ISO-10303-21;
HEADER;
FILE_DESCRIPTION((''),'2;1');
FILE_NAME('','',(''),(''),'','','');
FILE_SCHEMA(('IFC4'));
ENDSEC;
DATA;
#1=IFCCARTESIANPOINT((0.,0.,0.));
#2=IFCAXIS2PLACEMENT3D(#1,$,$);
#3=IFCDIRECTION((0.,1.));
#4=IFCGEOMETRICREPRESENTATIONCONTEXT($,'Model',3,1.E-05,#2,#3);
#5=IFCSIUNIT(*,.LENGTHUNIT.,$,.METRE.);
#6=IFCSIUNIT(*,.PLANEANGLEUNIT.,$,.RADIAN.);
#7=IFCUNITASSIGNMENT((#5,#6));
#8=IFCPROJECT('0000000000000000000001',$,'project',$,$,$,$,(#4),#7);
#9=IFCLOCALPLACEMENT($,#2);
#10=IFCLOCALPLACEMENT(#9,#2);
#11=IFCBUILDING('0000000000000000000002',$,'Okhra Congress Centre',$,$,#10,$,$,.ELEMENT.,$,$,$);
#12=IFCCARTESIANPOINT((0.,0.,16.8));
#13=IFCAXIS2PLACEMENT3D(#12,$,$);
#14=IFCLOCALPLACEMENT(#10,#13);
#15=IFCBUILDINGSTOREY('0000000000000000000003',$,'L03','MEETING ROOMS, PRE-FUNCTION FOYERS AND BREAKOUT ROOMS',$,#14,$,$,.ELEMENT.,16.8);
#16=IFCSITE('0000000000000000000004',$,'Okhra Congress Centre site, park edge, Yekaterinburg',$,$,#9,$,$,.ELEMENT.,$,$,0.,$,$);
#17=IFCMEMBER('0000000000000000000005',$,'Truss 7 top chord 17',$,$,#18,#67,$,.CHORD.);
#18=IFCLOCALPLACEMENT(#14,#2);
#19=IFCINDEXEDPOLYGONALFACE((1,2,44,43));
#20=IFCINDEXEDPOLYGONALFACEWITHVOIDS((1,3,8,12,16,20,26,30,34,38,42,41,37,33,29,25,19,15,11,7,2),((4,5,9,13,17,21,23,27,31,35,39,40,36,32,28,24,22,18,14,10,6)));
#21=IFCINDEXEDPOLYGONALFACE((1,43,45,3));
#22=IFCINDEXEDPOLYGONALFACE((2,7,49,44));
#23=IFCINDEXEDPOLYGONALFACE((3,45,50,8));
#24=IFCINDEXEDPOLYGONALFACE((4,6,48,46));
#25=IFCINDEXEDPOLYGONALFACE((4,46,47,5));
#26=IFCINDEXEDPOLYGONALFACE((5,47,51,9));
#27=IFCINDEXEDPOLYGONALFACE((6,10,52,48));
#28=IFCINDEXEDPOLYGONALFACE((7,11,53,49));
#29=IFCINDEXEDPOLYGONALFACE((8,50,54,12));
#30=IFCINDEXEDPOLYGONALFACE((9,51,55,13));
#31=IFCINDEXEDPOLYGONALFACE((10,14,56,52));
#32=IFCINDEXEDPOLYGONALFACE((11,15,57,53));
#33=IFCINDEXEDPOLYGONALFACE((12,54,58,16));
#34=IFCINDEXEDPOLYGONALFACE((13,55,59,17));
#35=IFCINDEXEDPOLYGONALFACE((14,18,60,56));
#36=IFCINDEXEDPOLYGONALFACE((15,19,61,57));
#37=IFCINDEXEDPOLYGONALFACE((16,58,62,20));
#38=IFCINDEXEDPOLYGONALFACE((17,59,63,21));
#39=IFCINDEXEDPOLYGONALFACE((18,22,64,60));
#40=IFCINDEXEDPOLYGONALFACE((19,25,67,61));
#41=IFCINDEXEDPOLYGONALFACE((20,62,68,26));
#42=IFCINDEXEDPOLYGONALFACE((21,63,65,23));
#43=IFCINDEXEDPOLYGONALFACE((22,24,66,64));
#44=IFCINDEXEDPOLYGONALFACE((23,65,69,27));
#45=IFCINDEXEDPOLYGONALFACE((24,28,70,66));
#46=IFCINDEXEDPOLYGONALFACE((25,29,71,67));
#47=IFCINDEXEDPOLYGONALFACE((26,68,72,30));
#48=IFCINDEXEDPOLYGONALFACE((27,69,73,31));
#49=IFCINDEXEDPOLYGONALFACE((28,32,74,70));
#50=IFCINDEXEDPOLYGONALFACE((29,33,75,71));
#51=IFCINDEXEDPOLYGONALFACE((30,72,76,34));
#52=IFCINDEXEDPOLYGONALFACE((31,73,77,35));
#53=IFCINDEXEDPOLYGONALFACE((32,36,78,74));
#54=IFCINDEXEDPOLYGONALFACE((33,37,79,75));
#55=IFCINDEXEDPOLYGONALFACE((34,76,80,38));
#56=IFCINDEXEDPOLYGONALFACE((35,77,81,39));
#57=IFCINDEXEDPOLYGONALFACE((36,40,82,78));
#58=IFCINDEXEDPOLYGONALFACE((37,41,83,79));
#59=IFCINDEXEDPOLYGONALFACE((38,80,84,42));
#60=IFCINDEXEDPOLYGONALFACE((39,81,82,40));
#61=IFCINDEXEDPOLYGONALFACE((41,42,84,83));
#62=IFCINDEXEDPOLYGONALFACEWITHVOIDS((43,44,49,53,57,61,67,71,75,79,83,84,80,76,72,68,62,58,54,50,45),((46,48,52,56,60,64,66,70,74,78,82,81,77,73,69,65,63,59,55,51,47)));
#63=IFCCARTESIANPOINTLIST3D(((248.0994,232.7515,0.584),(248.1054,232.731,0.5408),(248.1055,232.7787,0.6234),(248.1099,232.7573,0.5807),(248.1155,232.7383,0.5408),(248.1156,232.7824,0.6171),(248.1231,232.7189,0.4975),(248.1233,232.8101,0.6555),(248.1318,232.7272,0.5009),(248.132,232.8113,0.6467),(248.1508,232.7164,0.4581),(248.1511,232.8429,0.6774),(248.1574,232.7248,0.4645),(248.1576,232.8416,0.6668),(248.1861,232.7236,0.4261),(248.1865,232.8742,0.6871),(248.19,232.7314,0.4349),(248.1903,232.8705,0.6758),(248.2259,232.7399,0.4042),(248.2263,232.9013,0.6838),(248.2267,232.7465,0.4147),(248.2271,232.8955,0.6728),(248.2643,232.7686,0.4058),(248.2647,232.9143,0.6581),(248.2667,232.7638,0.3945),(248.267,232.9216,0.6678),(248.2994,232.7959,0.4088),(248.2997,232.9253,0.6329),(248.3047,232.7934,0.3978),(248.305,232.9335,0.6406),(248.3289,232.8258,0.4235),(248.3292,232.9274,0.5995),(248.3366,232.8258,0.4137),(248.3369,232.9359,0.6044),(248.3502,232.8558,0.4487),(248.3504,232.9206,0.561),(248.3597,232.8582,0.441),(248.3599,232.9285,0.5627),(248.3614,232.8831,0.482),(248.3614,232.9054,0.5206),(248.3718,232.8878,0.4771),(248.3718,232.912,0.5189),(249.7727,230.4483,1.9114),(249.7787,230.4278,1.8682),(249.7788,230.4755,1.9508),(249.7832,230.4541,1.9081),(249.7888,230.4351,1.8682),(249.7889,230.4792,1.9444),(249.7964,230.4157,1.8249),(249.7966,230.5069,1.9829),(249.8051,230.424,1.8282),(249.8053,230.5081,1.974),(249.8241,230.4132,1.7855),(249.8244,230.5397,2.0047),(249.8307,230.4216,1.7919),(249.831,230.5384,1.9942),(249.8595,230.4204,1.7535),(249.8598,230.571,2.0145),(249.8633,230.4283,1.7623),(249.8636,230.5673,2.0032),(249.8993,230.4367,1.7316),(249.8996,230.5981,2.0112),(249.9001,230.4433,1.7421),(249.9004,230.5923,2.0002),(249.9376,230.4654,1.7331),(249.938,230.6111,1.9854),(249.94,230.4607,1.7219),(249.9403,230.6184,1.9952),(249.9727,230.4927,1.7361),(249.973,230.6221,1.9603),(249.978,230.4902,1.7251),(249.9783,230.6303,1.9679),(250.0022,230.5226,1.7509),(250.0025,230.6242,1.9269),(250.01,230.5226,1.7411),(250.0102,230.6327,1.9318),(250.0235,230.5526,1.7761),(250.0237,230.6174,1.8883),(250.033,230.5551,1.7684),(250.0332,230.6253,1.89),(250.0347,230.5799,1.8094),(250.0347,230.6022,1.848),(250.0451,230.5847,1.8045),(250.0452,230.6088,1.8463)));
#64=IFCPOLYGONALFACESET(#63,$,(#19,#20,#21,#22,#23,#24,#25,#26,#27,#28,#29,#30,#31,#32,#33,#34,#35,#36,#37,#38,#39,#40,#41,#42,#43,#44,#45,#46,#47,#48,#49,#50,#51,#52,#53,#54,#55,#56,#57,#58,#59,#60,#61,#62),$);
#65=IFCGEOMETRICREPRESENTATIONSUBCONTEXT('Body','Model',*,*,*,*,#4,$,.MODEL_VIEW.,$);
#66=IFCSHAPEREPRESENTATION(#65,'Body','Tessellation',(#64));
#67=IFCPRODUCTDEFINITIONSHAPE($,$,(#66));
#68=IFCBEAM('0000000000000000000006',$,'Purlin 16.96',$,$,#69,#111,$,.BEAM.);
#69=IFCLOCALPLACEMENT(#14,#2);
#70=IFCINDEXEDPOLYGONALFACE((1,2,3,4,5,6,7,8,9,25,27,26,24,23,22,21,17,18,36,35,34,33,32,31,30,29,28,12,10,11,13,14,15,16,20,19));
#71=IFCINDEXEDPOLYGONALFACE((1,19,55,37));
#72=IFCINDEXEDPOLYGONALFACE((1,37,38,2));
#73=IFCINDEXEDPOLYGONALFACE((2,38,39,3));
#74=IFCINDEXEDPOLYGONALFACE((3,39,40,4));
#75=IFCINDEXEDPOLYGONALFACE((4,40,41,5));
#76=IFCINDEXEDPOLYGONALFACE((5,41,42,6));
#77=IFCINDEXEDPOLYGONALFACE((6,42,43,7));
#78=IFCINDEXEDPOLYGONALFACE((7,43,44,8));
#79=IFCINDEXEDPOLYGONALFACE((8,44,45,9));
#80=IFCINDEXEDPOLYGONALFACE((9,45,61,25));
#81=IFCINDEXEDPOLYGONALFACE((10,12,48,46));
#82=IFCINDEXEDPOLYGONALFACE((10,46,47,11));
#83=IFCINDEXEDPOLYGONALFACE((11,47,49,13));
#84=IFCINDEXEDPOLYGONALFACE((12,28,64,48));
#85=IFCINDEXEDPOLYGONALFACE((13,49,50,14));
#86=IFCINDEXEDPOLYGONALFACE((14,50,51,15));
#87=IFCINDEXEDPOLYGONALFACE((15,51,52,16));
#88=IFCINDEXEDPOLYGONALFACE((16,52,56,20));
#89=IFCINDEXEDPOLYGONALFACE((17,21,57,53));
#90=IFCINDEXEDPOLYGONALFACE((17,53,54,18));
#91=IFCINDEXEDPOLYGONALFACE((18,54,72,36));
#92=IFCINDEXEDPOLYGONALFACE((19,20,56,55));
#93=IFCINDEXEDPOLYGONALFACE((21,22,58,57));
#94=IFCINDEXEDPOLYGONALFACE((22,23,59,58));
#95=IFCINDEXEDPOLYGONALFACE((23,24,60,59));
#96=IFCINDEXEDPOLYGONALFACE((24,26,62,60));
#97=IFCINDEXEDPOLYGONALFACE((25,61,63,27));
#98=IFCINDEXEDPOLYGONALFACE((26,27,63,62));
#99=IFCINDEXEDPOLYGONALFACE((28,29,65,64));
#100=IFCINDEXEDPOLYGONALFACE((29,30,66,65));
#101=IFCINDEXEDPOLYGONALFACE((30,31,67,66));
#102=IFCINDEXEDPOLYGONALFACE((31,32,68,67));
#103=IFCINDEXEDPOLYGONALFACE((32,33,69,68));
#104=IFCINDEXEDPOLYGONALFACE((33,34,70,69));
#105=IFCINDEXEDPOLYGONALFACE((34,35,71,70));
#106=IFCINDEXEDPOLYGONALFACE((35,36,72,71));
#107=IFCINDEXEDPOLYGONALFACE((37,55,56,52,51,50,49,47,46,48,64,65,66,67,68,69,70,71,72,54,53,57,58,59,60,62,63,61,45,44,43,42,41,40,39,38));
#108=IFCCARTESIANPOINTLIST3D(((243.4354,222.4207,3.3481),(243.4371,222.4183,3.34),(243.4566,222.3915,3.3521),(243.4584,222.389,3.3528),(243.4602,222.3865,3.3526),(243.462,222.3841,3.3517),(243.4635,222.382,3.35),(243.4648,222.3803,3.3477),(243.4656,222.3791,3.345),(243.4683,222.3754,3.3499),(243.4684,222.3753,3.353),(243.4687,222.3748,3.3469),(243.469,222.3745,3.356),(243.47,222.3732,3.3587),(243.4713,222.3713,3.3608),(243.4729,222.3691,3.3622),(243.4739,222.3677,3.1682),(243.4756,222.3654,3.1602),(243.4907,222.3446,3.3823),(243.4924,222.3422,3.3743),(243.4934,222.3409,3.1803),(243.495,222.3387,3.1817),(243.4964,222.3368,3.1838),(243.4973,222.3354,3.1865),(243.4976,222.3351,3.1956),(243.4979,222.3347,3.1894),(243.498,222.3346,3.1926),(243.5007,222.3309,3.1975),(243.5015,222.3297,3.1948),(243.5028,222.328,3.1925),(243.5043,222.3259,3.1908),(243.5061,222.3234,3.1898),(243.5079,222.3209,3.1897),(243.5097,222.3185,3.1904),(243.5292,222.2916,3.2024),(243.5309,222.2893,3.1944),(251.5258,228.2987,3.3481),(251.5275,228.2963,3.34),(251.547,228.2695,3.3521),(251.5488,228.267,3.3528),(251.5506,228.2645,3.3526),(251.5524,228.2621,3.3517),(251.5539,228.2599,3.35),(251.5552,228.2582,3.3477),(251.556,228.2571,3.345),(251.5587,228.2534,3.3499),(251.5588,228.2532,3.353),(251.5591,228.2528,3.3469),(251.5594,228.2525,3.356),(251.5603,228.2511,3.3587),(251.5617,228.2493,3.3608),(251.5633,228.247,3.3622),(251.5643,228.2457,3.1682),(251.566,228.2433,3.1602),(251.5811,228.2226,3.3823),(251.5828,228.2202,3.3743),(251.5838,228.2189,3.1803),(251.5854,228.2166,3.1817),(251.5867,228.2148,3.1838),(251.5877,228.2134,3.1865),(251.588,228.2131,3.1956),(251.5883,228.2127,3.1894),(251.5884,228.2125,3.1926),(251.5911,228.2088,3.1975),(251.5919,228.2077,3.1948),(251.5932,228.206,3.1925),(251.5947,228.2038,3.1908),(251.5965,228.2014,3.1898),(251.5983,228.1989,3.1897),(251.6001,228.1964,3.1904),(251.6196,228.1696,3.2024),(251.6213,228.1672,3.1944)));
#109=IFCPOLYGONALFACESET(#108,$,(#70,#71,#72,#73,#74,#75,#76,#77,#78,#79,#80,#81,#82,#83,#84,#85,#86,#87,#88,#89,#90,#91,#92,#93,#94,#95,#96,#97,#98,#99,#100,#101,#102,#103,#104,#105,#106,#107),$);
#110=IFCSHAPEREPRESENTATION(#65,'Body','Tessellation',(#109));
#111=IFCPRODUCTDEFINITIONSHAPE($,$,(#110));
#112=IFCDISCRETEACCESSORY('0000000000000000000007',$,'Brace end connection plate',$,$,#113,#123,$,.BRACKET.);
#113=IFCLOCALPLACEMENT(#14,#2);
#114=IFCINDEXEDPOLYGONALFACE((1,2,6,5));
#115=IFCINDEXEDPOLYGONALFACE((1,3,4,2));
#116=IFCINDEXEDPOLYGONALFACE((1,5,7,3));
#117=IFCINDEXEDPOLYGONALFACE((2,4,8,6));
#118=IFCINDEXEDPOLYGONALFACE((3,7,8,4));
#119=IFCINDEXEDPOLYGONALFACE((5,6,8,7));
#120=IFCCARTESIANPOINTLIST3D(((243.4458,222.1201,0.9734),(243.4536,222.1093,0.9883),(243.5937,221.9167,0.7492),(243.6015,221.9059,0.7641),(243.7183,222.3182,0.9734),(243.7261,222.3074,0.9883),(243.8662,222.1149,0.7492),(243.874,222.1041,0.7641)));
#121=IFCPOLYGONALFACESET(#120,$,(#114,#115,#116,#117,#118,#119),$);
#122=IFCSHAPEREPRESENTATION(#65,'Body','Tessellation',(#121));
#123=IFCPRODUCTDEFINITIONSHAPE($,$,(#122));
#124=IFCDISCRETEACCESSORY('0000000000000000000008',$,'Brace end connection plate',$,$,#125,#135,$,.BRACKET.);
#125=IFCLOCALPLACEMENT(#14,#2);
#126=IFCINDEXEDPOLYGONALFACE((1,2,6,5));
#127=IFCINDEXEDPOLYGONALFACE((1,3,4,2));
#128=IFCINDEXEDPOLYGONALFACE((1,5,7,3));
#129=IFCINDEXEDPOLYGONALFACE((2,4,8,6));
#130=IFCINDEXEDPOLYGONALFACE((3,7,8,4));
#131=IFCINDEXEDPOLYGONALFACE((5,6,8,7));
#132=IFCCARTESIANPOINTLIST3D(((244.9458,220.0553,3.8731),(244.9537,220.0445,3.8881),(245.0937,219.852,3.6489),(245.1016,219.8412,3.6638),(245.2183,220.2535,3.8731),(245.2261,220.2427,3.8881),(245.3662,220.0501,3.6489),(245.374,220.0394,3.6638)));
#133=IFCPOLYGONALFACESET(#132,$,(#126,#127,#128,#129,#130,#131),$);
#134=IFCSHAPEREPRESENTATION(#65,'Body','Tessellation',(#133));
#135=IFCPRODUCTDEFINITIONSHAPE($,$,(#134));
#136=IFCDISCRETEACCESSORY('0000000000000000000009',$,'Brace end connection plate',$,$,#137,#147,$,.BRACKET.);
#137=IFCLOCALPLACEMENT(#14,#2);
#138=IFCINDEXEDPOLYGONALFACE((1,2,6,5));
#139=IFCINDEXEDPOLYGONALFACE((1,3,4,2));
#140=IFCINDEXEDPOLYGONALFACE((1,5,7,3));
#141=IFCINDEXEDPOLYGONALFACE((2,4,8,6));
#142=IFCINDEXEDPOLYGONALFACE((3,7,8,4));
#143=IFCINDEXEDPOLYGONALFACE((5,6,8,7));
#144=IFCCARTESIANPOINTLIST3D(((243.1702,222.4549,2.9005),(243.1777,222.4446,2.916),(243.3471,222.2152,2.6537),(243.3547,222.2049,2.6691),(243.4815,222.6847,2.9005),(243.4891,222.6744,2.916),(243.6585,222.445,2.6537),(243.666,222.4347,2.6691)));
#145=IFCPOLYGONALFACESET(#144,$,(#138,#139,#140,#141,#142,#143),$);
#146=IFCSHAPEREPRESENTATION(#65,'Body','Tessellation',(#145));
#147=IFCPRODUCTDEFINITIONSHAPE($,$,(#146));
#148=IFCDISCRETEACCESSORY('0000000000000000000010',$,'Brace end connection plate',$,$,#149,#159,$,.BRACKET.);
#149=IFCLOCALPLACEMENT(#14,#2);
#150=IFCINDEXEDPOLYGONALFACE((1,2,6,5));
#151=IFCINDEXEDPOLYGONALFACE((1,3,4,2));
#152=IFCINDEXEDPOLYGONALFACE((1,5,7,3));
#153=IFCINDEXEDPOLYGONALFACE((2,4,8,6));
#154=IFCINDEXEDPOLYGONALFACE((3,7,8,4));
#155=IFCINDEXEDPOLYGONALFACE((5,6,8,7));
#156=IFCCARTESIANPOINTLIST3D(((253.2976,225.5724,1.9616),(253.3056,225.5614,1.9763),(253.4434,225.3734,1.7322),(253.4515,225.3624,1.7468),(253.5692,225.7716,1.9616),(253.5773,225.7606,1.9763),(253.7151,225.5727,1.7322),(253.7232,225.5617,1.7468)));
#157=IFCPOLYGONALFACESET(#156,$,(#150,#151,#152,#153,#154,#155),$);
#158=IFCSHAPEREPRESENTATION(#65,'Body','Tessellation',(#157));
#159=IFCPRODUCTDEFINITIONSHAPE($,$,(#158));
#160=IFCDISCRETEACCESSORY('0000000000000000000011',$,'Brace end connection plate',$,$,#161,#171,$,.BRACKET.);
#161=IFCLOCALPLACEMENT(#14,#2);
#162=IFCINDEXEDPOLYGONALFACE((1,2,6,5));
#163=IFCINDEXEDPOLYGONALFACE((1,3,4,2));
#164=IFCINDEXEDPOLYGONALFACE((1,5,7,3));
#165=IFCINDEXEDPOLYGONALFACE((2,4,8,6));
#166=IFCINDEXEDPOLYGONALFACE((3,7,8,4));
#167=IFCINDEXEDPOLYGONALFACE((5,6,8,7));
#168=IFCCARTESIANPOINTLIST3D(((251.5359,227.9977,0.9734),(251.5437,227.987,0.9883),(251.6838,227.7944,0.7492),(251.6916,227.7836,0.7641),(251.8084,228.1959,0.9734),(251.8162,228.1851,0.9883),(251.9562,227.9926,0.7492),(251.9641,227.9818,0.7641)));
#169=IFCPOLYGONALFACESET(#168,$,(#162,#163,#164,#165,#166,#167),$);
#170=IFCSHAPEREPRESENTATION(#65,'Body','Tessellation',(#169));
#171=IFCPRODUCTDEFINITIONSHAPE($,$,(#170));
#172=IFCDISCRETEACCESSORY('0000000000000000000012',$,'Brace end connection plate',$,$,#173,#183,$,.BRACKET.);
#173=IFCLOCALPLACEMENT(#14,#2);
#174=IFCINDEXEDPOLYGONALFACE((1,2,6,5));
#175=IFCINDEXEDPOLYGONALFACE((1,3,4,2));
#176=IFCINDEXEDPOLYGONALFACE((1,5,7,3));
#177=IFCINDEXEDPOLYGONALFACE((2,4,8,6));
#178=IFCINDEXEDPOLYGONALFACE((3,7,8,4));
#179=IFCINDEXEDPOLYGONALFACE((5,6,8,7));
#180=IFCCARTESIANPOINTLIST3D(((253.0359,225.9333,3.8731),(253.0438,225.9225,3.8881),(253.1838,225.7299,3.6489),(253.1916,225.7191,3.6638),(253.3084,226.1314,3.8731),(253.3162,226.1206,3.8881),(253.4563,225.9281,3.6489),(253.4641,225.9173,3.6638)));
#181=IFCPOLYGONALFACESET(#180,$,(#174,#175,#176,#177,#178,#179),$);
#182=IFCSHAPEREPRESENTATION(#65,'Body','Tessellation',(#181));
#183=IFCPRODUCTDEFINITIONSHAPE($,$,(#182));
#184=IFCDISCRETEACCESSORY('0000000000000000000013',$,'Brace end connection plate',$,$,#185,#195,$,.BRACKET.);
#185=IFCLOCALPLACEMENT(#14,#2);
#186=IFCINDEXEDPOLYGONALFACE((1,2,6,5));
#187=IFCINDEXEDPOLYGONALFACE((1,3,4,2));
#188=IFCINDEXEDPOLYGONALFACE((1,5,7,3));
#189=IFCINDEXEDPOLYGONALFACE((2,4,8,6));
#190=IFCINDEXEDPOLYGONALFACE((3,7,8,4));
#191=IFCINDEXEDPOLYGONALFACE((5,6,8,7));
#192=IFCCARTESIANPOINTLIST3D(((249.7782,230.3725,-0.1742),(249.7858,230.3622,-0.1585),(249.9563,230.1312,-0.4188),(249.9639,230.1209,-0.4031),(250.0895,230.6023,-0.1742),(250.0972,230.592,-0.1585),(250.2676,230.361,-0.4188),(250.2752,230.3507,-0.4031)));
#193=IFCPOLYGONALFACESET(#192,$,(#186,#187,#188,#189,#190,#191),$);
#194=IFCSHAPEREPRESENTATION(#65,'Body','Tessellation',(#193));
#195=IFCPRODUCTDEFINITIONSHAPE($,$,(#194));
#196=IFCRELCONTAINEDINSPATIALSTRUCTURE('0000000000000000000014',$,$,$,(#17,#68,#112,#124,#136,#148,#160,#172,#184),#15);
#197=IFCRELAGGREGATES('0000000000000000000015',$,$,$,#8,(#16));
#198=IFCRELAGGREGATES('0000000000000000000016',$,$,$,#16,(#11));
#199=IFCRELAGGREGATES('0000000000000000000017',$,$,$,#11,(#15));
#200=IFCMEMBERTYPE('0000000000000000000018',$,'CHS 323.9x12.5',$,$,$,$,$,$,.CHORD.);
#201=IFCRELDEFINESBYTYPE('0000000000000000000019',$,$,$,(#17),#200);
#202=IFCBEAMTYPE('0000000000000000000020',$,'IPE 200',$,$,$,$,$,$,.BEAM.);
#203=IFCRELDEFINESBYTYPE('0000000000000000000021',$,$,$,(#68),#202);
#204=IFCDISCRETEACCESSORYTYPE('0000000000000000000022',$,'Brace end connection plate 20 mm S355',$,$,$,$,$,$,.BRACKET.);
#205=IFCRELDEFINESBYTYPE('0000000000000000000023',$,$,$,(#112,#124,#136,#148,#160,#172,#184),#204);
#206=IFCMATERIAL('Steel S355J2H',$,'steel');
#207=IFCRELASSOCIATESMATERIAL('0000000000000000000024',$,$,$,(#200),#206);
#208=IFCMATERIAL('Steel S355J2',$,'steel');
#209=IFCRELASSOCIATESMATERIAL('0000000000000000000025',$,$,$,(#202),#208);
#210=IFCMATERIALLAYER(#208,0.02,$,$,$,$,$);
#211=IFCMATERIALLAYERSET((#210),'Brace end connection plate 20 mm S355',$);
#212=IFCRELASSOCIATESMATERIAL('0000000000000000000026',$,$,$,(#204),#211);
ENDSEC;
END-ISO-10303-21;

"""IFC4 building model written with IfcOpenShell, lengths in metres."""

from ifc_helpers import new_model, si_unit, direction, frame, origin, origin_2d, place, context, subcontext, project, spatial, rectangle, hollow_circle, i_section, extrude, material, layer, layer_set, material_profile, profile_set, type_object, element, save


model = new_model("IFC4")

# Units and contexts
model_context = context("Model", 3, precision=1e-05, world=origin(), true_north=direction((0.0, 1.0)))
body_context = subcontext(model_context, "Body", "Model", "MODEL_VIEW")
ifc_project = project(units=[si_unit("LENGTHUNIT", "METRE"), si_unit("PLANEANGLEUNIT", "RADIAN")], contexts=[model_context])

# Site, building, storey
site_placement = place(None, origin())
site = spatial("IfcSite", under=ifc_project, at=site_placement, Name="Okhra Congress Centre site, park edge, Yekaterinburg", CompositionType="ELEMENT", RefElevation=0.0)
building_placement = place(site_placement, origin())
building = spatial("IfcBuilding", under=site, at=building_placement, Name="Okhra Congress Centre", CompositionType="ELEMENT")
storey_placement = place(building_placement, frame((0.0, 0.0, 16.8)))
storey = spatial("IfcBuildingStorey", under=building, at=storey_placement, Name="L03", Description="MEETING ROOMS, PRE-FUNCTION FOYERS AND BREAKOUT ROOMS", CompositionType="ELEMENT", Elevation=16.8)

# Member
ifc_material_1 = material(Name="Steel S355J2H", Category="steel")
ifc_material_profile_1 = material_profile(ifc_material_1, hollow_circle(Radius=0.1619, WallThickness=0.0125, at=origin_2d()), Name="CHS 323.9x12.5")
ifc_profile_set_1 = profile_set([ifc_material_profile_1], Name="Steel S355J2H")
member_type_1 = type_object("IfcMemberType", Name="CHS 323.9x12.5", PredefinedType="CHORD", material=ifc_profile_set_1)
for number, where, z_axis, x_axis, name in (
    (1, (249.9097, 230.5229, 1.8682), (-0.532714, 0.73324, -0.422581), (-0.809025, -0.587774, 0.0), "Truss 7 top chord 17"),
):
    element("IfcMember", number, at=place(storey_placement, frame(where, z_axis=z_axis, x_axis=x_axis)), inside=storey, type_object=member_type_1, Name=name, PredefinedType="CHORD", context=body_context, shape_type="SweptSolid", body=[
        extrude(hollow_circle(Radius=0.1619, WallThickness=0.0125, at=origin_2d()), origin(), (0.0, 0.0, 1.0), 3.1411),
    ])

# Beam
ifc_material_2 = material(Name="Steel S355J2", Category="steel")
ifc_material_profile_2 = material_profile(ifc_material_2, i_section(OverallWidth=0.1001, OverallDepth=0.2, WebThickness=0.0056, FlangeThickness=0.0085, FilletRadius=0.012, at=origin_2d()), Name="IPE 200")
ifc_profile_set_2 = profile_set([ifc_material_profile_2], Name="Steel S355J2")
beam_type = type_object("IfcBeamType", Name="IPE 200", PredefinedType="BEAM", material=ifc_profile_set_2)
beam_placement = place(storey_placement, frame((243.4832, 222.355, 3.2712), z_axis=(0.809019, 0.587783, 0.0), x_axis=(-0.552335, 0.760229, -0.34202)))
element("IfcBeam", 2, at=beam_placement, inside=storey, type_object=beam_type, Name="Purlin 16.96", PredefinedType="BEAM", context=body_context, shape_type="SweptSolid", body=[
    extrude(i_section(OverallWidth=0.1001, OverallDepth=0.2, WebThickness=0.0056, FlangeThickness=0.0085, FilletRadius=0.012, at=origin_2d()), origin(), (0.0, 0.0, 1.0), 10.0002),
])

# Discrete accessories
ifc_layer = layer(ifc_material_2, 0.02)
ifc_layer_set = layer_set([ifc_layer], Name="Brace end connection plate 20 mm S355")
discrete_accessory_type = type_object("IfcDiscreteAccessoryType", Name="Brace end connection plate 20 mm S355", PredefinedType="BRACKET", material=ifc_layer_set)
for number, where, z_axis, x_axis, name in (
    (3, (243.6638, 222.1067, 0.8762), (-0.391498, 0.538309, -0.746293), (-0.808736, -0.588172, 0.0), "Brace end connection plate"),
    (4, (245.156, 220.0527, 3.761), (0.391498, -0.538309, 0.746293), (0.808736, 0.588172, 0.0), "Brace end connection plate"),
):
    element("IfcDiscreteAccessory", number, at=place(storey_placement, frame(where, z_axis=z_axis, x_axis=x_axis)), inside=storey, type_object=discrete_accessory_type, Name=name, PredefinedType="BRACKET", context=body_context, shape_type="SweptSolid", body=[
        extrude(rectangle(XDim=0.3369, YDim=0.3369, at=origin_2d()), origin(), (0.0, 0.0, 1.0), 0.02),
    ])
discrete_accessory_1_placement = place(storey_placement, frame((243.4143, 222.45, 2.7771), z_axis=(0.378895, -0.513342, 0.770012), x_axis=(0.804574, 0.593852, 0.0)))
element("IfcDiscreteAccessory", 5, at=discrete_accessory_1_placement, inside=storey, type_object=discrete_accessory_type, Name="Brace end connection plate", PredefinedType="BRACKET", context=body_context, shape_type="SweptSolid", body=[
    extrude(rectangle(XDim=0.387, YDim=0.387, at=origin_2d()), origin(), (0.0, 0.0, 1.0), 0.02),
])
for number, where, z_axis, x_axis, name in (
    (6, (253.5144, 225.5615, 1.8616), (-0.402739, 0.549189, -0.732252), (-0.806405, -0.591364, 0.0), "Brace end connection plate"),
    (7, (251.7539, 227.9844, 0.8762), (-0.391498, 0.538309, -0.746293), (-0.808736, -0.588172, 0.0), "Brace end connection plate"),
    (8, (253.2461, 225.9307, 3.761), (0.391498, -0.538309, 0.746293), (0.808736, 0.588172, 0.0), "Brace end connection plate"),
):
    element("IfcDiscreteAccessory", number, at=place(storey_placement, frame(where, z_axis=z_axis, x_axis=x_axis)), inside=storey, type_object=discrete_accessory_type, Name=name, PredefinedType="BRACKET", context=body_context, shape_type="SweptSolid", body=[
        extrude(rectangle(XDim=0.3369, YDim=0.3369, at=origin_2d()), origin(), (0.0, 0.0, 1.0), 0.02),
    ])
discrete_accessory_2_placement = place(storey_placement, frame((250.0305, 230.3564, -0.2808), z_axis=(-0.375351, 0.50854, -0.774918), x_axis=(-0.804574, -0.593852, 0.0)))
element("IfcDiscreteAccessory", 9, at=discrete_accessory_2_placement, inside=storey, type_object=discrete_accessory_type, Name="Brace end connection plate", PredefinedType="BRACKET", context=body_context, shape_type="SweptSolid", body=[
    extrude(rectangle(XDim=0.387, YDim=0.387, at=origin_2d()), origin(), (0.0, 0.0, 1.0), 0.0203),
])

save(model, "model.ifc")
